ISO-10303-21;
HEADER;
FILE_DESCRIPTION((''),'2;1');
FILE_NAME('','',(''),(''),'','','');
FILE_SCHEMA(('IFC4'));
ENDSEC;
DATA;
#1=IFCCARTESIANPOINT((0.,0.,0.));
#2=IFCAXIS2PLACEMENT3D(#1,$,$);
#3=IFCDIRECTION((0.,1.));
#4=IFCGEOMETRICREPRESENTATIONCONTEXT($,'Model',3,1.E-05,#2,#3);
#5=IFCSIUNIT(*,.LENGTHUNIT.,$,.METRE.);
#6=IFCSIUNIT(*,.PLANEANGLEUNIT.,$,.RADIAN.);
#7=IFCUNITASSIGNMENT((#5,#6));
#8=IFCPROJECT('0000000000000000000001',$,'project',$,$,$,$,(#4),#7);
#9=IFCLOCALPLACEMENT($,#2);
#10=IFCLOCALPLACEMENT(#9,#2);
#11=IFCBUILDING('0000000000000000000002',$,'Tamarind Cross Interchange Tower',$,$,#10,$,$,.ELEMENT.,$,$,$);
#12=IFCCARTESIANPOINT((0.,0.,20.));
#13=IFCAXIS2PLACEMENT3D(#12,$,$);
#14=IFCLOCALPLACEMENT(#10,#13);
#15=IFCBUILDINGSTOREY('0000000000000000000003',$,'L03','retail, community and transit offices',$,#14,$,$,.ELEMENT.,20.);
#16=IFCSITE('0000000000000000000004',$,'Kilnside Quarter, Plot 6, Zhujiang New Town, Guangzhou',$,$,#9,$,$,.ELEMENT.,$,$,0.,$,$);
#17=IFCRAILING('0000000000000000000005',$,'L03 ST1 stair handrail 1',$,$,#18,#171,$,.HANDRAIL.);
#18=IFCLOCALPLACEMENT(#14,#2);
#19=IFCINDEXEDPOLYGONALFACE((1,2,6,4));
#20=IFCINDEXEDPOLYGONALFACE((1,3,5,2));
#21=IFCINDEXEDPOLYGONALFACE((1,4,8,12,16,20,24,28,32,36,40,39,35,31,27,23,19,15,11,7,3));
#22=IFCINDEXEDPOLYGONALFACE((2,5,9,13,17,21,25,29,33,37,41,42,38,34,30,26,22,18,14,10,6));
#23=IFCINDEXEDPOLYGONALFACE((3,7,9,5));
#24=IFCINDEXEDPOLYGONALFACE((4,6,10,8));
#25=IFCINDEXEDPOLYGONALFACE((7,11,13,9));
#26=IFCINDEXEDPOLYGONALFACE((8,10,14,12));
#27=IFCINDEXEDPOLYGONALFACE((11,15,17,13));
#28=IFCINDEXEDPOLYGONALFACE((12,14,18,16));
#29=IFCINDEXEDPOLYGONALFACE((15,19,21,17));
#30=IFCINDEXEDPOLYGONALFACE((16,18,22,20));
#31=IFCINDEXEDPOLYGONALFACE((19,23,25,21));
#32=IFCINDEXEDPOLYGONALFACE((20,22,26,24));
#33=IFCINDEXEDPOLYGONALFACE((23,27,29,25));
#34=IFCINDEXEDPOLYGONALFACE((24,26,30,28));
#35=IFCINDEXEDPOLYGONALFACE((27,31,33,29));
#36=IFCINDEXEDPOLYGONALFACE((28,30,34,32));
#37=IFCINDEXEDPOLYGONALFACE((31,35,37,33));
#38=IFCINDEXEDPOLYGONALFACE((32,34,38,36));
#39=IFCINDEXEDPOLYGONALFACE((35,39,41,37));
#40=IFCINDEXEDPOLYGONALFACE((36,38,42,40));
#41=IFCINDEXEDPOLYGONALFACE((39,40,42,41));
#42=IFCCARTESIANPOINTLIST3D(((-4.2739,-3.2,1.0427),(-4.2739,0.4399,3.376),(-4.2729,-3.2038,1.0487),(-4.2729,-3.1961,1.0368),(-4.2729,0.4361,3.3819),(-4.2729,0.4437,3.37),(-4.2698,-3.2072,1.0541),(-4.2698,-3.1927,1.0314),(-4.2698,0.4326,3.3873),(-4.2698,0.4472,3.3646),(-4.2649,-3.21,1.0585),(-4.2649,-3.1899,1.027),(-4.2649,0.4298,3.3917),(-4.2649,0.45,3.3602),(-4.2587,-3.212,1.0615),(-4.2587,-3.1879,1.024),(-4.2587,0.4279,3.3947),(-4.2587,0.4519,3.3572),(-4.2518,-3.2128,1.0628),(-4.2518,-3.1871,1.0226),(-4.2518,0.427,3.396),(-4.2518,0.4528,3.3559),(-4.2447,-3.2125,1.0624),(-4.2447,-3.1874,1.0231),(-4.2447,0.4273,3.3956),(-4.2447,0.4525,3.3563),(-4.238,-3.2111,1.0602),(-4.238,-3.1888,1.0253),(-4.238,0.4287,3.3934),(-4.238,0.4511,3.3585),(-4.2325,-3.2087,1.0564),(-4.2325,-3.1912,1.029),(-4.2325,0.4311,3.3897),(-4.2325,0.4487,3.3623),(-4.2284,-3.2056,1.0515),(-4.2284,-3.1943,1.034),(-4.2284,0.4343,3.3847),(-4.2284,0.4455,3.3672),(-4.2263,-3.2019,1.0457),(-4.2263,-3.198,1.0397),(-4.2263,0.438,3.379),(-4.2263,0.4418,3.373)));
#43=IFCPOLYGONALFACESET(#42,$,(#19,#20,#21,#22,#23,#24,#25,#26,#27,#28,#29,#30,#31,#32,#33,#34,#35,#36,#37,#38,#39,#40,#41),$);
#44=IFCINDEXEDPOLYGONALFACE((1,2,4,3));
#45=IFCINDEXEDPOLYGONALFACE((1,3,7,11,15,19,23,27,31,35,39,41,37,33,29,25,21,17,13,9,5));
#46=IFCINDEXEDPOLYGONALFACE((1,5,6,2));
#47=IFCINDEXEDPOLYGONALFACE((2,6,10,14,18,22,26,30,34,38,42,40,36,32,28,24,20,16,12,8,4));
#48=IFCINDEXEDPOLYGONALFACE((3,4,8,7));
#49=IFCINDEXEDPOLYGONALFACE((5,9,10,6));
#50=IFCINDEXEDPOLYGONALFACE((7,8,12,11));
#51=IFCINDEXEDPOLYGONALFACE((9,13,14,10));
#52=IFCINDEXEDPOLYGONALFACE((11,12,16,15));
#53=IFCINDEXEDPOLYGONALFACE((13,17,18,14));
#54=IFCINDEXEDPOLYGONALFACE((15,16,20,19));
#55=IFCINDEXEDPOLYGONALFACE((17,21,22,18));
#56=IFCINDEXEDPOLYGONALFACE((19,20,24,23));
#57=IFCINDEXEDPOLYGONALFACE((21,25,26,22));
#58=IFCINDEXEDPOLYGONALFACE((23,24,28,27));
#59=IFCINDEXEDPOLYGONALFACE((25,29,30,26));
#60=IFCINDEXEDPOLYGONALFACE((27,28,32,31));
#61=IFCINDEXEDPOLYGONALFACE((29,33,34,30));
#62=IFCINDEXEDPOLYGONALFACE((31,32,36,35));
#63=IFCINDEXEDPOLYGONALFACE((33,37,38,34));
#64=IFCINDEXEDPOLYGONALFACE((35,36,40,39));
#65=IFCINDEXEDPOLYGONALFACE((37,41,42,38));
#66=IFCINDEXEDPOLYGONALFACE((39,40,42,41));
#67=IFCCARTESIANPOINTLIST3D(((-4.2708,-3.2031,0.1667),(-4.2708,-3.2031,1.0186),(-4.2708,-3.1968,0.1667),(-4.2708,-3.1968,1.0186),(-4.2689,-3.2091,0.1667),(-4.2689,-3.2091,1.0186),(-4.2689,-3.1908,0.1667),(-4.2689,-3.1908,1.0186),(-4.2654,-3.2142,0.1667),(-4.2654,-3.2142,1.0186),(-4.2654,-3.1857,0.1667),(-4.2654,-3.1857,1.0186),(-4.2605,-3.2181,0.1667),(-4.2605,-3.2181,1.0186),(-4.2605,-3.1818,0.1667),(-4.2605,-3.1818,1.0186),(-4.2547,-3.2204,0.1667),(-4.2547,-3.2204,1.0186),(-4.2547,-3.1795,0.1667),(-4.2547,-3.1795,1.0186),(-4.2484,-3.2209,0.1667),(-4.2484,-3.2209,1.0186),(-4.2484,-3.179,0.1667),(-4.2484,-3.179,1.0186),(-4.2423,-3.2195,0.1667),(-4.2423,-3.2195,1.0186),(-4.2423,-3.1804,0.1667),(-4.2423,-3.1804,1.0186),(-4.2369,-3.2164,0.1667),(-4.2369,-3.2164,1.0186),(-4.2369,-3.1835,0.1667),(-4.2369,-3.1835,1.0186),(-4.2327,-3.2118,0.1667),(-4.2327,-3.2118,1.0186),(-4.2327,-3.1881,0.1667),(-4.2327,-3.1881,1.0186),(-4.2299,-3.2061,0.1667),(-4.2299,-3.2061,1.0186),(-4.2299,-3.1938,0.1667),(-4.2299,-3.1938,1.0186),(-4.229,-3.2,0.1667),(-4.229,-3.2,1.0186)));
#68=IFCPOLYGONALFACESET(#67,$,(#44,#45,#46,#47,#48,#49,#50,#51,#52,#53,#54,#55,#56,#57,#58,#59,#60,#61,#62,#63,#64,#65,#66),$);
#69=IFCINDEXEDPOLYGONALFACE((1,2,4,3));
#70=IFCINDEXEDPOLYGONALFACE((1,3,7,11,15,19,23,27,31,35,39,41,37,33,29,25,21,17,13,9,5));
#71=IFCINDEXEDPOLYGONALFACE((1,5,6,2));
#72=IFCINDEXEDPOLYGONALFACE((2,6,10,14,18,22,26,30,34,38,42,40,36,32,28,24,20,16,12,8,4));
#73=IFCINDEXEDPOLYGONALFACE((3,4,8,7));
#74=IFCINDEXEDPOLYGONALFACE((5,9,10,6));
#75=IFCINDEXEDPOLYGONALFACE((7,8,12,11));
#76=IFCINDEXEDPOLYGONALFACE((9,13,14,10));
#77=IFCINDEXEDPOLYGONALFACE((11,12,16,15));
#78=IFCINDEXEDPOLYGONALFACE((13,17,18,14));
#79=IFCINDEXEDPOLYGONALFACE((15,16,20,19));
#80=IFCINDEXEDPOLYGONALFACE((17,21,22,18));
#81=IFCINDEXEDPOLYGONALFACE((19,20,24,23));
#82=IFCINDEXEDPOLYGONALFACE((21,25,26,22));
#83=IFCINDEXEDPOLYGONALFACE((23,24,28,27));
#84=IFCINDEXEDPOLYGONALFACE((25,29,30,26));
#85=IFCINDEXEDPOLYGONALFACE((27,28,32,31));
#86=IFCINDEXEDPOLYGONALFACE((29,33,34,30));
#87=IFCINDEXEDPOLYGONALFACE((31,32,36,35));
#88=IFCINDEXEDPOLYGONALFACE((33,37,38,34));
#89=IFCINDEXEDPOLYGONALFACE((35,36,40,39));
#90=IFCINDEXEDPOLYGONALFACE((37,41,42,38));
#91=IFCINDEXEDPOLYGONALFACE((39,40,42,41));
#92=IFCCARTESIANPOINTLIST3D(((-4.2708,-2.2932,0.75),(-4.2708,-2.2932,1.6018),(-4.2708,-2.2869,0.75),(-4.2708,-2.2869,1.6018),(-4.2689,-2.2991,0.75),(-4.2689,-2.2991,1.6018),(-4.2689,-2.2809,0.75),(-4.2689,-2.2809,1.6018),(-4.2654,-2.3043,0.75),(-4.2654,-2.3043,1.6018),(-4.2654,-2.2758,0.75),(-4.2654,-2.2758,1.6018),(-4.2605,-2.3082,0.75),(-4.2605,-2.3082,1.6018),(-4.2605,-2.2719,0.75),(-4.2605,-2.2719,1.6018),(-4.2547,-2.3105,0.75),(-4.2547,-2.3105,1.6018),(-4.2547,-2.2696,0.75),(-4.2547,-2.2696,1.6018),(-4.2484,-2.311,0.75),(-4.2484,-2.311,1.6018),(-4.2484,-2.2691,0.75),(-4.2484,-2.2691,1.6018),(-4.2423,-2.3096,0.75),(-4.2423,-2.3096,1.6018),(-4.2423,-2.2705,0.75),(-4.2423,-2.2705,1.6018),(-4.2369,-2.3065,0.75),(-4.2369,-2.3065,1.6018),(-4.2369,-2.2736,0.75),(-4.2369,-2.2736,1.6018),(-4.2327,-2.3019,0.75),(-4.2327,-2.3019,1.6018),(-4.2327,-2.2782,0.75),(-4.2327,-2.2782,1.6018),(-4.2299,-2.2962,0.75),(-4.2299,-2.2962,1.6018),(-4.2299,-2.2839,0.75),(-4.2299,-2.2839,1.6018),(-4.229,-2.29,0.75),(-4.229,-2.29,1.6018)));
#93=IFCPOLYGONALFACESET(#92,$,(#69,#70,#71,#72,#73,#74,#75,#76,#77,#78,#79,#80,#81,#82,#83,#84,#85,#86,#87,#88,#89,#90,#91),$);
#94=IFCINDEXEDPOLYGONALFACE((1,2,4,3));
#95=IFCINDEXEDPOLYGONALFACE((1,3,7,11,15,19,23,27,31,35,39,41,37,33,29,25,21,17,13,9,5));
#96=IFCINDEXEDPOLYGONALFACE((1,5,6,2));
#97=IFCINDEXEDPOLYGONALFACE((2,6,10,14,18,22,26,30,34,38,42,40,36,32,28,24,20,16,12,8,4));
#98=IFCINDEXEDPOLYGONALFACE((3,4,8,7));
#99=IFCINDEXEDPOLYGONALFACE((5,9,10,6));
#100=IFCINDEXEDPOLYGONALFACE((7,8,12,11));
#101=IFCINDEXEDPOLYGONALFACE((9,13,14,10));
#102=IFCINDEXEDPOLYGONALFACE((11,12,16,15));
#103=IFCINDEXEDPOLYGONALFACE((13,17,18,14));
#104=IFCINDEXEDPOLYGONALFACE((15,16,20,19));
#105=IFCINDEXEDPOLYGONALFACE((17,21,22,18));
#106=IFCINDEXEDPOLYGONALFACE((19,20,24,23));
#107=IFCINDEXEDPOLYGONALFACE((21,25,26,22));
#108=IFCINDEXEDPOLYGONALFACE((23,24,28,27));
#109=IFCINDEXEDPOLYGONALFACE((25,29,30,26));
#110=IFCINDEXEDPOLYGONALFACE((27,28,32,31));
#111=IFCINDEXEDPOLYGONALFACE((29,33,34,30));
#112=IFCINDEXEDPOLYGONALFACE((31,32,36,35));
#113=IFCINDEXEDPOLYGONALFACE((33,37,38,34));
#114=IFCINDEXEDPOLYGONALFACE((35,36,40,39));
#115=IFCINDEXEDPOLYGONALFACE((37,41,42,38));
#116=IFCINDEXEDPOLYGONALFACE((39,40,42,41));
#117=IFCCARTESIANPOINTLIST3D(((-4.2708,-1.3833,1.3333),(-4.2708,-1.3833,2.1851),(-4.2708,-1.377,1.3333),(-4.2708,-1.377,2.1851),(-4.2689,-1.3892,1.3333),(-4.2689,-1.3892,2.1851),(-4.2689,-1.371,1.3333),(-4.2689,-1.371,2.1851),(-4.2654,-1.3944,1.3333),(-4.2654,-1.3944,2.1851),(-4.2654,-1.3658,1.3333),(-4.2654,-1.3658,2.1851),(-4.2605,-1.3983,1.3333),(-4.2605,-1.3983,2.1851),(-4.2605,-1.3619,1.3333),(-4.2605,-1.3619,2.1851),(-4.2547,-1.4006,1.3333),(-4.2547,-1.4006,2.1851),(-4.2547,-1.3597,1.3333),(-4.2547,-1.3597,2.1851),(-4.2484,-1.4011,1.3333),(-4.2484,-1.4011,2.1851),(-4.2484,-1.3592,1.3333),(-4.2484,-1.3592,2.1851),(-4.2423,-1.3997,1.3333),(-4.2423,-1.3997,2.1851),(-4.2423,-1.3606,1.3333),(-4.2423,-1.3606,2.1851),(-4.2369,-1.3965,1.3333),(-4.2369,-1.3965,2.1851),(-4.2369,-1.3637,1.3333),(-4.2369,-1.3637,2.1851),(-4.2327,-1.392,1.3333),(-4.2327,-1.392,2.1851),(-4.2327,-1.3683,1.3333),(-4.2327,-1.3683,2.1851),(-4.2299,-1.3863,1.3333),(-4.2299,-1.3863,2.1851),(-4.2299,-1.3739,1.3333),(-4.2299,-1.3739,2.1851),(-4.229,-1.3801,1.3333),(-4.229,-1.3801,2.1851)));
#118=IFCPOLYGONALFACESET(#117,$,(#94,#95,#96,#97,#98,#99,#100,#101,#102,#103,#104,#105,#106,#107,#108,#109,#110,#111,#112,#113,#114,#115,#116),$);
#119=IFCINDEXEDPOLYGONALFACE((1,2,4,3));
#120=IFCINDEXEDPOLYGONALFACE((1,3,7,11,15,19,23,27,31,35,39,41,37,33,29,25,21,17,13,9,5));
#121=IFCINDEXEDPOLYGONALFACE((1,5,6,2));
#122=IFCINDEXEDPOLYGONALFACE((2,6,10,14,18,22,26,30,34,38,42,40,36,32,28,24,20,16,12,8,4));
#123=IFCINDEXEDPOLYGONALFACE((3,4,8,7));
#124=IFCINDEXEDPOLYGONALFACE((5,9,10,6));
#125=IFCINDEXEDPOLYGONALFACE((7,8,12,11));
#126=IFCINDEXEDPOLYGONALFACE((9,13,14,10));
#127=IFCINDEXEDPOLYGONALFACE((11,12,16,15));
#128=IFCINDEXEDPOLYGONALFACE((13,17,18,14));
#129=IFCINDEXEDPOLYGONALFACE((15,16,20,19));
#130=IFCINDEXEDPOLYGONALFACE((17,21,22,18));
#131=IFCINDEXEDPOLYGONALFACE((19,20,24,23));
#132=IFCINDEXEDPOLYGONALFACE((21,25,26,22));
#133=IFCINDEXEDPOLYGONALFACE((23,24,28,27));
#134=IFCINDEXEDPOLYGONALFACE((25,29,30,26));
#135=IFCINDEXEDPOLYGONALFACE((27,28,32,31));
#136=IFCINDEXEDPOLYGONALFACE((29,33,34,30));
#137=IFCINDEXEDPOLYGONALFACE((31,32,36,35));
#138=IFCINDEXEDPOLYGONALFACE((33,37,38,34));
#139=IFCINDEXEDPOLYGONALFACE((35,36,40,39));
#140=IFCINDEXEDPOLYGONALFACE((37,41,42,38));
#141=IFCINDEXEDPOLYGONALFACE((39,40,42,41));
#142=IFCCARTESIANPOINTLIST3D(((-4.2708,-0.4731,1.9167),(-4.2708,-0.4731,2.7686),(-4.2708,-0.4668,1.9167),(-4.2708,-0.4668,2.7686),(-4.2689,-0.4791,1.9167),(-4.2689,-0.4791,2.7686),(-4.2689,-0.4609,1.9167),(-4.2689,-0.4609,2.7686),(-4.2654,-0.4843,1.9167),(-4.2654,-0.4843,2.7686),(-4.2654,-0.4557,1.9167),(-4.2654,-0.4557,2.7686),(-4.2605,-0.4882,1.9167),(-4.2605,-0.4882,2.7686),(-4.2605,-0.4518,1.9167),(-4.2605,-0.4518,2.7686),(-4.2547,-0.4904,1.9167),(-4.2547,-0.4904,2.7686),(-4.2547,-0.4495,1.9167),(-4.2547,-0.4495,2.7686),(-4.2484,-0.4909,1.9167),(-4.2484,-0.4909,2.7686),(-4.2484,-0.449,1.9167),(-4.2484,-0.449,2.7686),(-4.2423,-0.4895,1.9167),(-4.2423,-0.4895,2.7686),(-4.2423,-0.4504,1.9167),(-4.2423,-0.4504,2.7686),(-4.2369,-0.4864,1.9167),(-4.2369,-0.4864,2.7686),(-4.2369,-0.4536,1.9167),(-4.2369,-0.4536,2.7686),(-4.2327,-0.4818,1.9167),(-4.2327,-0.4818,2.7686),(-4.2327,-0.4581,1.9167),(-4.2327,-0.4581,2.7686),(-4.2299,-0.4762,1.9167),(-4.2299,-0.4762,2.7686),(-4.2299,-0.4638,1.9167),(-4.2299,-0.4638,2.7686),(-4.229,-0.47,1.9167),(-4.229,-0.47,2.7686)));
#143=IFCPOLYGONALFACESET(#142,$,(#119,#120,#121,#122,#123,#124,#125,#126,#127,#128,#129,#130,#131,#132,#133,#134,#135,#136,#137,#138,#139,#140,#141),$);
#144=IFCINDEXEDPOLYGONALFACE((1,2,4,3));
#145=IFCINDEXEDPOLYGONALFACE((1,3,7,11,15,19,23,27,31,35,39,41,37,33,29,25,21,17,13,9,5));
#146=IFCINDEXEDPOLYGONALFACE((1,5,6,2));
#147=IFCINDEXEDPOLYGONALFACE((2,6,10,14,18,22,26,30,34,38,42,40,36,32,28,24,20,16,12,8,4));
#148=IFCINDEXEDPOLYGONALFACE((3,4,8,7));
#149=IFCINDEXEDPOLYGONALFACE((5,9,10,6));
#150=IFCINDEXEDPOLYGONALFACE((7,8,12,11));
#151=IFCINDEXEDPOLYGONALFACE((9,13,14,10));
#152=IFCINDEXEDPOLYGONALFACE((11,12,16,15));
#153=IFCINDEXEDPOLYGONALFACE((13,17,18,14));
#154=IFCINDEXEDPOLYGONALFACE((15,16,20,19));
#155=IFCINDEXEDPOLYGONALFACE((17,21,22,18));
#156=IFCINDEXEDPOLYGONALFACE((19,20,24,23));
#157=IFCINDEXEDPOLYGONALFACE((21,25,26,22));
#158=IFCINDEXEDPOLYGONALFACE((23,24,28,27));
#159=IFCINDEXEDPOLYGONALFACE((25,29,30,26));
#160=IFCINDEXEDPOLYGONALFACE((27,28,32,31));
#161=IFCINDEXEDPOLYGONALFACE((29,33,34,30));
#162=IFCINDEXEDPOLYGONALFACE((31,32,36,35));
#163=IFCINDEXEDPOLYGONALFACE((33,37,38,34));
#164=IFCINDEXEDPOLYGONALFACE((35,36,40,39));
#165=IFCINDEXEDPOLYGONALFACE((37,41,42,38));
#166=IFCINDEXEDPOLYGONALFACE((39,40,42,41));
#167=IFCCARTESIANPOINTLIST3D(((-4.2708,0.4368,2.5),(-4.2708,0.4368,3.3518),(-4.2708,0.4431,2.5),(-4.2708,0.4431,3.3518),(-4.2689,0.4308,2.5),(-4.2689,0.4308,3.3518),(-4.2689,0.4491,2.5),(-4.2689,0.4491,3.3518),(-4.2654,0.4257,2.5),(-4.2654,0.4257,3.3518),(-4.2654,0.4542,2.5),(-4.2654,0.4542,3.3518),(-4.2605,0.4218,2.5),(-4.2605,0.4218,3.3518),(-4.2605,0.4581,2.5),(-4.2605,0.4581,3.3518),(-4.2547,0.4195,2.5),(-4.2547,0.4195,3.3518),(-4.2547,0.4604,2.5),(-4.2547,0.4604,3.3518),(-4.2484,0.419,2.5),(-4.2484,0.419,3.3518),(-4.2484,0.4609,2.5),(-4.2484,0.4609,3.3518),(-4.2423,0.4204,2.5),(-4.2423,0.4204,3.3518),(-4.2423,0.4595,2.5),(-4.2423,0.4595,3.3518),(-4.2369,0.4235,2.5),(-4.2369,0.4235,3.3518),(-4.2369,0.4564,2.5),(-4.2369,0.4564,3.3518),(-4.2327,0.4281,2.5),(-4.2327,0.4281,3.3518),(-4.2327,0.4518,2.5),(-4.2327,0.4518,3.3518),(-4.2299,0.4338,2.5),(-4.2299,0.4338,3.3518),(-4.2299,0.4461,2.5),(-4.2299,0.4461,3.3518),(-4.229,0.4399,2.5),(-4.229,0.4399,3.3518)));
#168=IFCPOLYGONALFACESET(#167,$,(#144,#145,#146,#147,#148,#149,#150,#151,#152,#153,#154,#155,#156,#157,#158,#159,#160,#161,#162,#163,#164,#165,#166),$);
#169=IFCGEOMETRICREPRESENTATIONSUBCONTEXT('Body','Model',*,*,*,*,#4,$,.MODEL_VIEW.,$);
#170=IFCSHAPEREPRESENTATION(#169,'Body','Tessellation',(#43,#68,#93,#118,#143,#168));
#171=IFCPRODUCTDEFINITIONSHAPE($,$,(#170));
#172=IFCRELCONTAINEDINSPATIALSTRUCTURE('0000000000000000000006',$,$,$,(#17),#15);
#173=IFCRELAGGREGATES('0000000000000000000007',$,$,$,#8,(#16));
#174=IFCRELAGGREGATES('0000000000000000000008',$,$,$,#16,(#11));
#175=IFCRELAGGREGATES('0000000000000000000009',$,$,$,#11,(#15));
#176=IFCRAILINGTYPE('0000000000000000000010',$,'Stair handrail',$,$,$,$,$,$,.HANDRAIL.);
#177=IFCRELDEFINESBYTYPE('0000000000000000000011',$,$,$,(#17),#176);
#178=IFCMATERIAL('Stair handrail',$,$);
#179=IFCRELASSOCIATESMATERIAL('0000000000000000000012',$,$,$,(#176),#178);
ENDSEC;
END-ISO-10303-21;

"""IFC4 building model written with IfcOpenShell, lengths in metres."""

from ifc_helpers import new_model, si_unit, direction, frame, origin, origin_2d, place, context, subcontext, project, spatial, circle, extrude, material, type_object, element, save


model = new_model("IFC4")

# Units and contexts
model_context = context("Model", 3, precision=1e-05, world=origin(), true_north=direction((0.0, 1.0)))
body_context = subcontext(model_context, "Body", "Model", "MODEL_VIEW")
ifc_project = project(units=[si_unit("LENGTHUNIT", "METRE"), si_unit("PLANEANGLEUNIT", "RADIAN")], contexts=[model_context])

# Site, building, storey
site_placement = place(None, origin())
site = spatial("IfcSite", under=ifc_project, at=site_placement, Name="Kilnside Quarter, Plot 6, Zhujiang New Town, Guangzhou", CompositionType="ELEMENT", RefElevation=0.0)
building_placement = place(site_placement, origin())
building = spatial("IfcBuilding", under=site, at=building_placement, Name="Tamarind Cross Interchange Tower", CompositionType="ELEMENT")
storey_placement = place(building_placement, frame((0.0, 0.0, 20.0)))
storey = spatial("IfcBuildingStorey", under=building, at=storey_placement, Name="L03", Description="retail, community and transit offices", CompositionType="ELEMENT", Elevation=20.0)

# Railing
ifc_material_1 = material(Name="Stair handrail")
railing_type_1 = type_object("IfcRailingType", Name="Stair handrail", PredefinedType="HANDRAIL", material=ifc_material_1)
railing_1_placement = place(storey_placement, frame((-4.25, -3.2, 0.1667)))
element("IfcRailing", 1, at=railing_1_placement, inside=storey, type_object=railing_type_1, Name="L03 ST1 stair handrail 1", PredefinedType="HANDRAIL", context=body_context, shape_type="SweptSolid", body=[
    extrude(circle(Radius=0.0239, at=origin_2d()), frame((0.0, 0.0, 0.876), z_axis=(0.0, 0.84188, 0.539664), x_axis=(-1.0, 0.0, 0.0)), (0.0, 0.0, 1.0), 4.3235),
    extrude(circle(Radius=0.021, at=origin_2d()), origin(), (0.0, 0.0, 1.0), 0.8518),
    extrude(circle(Radius=0.021, at=origin_2d()), frame((0.0, 0.9099, 0.5833)), (0.0, 0.0, 1.0), 0.8518),
    extrude(circle(Radius=0.021, at=origin_2d()), frame((0.0, 1.8198, 1.1665)), (0.0, 0.0, 1.0), 0.8518),
    extrude(circle(Radius=0.021, at=origin_2d()), frame((0.0, 2.73, 1.75)), (0.0, 0.0, 1.0), 0.8518),
    extrude(circle(Radius=0.021, at=origin_2d()), frame((0.0, 3.6399, 2.3333)), (0.0, 0.0, 1.0), 0.8518),
])

save(model, "model.ifc")
